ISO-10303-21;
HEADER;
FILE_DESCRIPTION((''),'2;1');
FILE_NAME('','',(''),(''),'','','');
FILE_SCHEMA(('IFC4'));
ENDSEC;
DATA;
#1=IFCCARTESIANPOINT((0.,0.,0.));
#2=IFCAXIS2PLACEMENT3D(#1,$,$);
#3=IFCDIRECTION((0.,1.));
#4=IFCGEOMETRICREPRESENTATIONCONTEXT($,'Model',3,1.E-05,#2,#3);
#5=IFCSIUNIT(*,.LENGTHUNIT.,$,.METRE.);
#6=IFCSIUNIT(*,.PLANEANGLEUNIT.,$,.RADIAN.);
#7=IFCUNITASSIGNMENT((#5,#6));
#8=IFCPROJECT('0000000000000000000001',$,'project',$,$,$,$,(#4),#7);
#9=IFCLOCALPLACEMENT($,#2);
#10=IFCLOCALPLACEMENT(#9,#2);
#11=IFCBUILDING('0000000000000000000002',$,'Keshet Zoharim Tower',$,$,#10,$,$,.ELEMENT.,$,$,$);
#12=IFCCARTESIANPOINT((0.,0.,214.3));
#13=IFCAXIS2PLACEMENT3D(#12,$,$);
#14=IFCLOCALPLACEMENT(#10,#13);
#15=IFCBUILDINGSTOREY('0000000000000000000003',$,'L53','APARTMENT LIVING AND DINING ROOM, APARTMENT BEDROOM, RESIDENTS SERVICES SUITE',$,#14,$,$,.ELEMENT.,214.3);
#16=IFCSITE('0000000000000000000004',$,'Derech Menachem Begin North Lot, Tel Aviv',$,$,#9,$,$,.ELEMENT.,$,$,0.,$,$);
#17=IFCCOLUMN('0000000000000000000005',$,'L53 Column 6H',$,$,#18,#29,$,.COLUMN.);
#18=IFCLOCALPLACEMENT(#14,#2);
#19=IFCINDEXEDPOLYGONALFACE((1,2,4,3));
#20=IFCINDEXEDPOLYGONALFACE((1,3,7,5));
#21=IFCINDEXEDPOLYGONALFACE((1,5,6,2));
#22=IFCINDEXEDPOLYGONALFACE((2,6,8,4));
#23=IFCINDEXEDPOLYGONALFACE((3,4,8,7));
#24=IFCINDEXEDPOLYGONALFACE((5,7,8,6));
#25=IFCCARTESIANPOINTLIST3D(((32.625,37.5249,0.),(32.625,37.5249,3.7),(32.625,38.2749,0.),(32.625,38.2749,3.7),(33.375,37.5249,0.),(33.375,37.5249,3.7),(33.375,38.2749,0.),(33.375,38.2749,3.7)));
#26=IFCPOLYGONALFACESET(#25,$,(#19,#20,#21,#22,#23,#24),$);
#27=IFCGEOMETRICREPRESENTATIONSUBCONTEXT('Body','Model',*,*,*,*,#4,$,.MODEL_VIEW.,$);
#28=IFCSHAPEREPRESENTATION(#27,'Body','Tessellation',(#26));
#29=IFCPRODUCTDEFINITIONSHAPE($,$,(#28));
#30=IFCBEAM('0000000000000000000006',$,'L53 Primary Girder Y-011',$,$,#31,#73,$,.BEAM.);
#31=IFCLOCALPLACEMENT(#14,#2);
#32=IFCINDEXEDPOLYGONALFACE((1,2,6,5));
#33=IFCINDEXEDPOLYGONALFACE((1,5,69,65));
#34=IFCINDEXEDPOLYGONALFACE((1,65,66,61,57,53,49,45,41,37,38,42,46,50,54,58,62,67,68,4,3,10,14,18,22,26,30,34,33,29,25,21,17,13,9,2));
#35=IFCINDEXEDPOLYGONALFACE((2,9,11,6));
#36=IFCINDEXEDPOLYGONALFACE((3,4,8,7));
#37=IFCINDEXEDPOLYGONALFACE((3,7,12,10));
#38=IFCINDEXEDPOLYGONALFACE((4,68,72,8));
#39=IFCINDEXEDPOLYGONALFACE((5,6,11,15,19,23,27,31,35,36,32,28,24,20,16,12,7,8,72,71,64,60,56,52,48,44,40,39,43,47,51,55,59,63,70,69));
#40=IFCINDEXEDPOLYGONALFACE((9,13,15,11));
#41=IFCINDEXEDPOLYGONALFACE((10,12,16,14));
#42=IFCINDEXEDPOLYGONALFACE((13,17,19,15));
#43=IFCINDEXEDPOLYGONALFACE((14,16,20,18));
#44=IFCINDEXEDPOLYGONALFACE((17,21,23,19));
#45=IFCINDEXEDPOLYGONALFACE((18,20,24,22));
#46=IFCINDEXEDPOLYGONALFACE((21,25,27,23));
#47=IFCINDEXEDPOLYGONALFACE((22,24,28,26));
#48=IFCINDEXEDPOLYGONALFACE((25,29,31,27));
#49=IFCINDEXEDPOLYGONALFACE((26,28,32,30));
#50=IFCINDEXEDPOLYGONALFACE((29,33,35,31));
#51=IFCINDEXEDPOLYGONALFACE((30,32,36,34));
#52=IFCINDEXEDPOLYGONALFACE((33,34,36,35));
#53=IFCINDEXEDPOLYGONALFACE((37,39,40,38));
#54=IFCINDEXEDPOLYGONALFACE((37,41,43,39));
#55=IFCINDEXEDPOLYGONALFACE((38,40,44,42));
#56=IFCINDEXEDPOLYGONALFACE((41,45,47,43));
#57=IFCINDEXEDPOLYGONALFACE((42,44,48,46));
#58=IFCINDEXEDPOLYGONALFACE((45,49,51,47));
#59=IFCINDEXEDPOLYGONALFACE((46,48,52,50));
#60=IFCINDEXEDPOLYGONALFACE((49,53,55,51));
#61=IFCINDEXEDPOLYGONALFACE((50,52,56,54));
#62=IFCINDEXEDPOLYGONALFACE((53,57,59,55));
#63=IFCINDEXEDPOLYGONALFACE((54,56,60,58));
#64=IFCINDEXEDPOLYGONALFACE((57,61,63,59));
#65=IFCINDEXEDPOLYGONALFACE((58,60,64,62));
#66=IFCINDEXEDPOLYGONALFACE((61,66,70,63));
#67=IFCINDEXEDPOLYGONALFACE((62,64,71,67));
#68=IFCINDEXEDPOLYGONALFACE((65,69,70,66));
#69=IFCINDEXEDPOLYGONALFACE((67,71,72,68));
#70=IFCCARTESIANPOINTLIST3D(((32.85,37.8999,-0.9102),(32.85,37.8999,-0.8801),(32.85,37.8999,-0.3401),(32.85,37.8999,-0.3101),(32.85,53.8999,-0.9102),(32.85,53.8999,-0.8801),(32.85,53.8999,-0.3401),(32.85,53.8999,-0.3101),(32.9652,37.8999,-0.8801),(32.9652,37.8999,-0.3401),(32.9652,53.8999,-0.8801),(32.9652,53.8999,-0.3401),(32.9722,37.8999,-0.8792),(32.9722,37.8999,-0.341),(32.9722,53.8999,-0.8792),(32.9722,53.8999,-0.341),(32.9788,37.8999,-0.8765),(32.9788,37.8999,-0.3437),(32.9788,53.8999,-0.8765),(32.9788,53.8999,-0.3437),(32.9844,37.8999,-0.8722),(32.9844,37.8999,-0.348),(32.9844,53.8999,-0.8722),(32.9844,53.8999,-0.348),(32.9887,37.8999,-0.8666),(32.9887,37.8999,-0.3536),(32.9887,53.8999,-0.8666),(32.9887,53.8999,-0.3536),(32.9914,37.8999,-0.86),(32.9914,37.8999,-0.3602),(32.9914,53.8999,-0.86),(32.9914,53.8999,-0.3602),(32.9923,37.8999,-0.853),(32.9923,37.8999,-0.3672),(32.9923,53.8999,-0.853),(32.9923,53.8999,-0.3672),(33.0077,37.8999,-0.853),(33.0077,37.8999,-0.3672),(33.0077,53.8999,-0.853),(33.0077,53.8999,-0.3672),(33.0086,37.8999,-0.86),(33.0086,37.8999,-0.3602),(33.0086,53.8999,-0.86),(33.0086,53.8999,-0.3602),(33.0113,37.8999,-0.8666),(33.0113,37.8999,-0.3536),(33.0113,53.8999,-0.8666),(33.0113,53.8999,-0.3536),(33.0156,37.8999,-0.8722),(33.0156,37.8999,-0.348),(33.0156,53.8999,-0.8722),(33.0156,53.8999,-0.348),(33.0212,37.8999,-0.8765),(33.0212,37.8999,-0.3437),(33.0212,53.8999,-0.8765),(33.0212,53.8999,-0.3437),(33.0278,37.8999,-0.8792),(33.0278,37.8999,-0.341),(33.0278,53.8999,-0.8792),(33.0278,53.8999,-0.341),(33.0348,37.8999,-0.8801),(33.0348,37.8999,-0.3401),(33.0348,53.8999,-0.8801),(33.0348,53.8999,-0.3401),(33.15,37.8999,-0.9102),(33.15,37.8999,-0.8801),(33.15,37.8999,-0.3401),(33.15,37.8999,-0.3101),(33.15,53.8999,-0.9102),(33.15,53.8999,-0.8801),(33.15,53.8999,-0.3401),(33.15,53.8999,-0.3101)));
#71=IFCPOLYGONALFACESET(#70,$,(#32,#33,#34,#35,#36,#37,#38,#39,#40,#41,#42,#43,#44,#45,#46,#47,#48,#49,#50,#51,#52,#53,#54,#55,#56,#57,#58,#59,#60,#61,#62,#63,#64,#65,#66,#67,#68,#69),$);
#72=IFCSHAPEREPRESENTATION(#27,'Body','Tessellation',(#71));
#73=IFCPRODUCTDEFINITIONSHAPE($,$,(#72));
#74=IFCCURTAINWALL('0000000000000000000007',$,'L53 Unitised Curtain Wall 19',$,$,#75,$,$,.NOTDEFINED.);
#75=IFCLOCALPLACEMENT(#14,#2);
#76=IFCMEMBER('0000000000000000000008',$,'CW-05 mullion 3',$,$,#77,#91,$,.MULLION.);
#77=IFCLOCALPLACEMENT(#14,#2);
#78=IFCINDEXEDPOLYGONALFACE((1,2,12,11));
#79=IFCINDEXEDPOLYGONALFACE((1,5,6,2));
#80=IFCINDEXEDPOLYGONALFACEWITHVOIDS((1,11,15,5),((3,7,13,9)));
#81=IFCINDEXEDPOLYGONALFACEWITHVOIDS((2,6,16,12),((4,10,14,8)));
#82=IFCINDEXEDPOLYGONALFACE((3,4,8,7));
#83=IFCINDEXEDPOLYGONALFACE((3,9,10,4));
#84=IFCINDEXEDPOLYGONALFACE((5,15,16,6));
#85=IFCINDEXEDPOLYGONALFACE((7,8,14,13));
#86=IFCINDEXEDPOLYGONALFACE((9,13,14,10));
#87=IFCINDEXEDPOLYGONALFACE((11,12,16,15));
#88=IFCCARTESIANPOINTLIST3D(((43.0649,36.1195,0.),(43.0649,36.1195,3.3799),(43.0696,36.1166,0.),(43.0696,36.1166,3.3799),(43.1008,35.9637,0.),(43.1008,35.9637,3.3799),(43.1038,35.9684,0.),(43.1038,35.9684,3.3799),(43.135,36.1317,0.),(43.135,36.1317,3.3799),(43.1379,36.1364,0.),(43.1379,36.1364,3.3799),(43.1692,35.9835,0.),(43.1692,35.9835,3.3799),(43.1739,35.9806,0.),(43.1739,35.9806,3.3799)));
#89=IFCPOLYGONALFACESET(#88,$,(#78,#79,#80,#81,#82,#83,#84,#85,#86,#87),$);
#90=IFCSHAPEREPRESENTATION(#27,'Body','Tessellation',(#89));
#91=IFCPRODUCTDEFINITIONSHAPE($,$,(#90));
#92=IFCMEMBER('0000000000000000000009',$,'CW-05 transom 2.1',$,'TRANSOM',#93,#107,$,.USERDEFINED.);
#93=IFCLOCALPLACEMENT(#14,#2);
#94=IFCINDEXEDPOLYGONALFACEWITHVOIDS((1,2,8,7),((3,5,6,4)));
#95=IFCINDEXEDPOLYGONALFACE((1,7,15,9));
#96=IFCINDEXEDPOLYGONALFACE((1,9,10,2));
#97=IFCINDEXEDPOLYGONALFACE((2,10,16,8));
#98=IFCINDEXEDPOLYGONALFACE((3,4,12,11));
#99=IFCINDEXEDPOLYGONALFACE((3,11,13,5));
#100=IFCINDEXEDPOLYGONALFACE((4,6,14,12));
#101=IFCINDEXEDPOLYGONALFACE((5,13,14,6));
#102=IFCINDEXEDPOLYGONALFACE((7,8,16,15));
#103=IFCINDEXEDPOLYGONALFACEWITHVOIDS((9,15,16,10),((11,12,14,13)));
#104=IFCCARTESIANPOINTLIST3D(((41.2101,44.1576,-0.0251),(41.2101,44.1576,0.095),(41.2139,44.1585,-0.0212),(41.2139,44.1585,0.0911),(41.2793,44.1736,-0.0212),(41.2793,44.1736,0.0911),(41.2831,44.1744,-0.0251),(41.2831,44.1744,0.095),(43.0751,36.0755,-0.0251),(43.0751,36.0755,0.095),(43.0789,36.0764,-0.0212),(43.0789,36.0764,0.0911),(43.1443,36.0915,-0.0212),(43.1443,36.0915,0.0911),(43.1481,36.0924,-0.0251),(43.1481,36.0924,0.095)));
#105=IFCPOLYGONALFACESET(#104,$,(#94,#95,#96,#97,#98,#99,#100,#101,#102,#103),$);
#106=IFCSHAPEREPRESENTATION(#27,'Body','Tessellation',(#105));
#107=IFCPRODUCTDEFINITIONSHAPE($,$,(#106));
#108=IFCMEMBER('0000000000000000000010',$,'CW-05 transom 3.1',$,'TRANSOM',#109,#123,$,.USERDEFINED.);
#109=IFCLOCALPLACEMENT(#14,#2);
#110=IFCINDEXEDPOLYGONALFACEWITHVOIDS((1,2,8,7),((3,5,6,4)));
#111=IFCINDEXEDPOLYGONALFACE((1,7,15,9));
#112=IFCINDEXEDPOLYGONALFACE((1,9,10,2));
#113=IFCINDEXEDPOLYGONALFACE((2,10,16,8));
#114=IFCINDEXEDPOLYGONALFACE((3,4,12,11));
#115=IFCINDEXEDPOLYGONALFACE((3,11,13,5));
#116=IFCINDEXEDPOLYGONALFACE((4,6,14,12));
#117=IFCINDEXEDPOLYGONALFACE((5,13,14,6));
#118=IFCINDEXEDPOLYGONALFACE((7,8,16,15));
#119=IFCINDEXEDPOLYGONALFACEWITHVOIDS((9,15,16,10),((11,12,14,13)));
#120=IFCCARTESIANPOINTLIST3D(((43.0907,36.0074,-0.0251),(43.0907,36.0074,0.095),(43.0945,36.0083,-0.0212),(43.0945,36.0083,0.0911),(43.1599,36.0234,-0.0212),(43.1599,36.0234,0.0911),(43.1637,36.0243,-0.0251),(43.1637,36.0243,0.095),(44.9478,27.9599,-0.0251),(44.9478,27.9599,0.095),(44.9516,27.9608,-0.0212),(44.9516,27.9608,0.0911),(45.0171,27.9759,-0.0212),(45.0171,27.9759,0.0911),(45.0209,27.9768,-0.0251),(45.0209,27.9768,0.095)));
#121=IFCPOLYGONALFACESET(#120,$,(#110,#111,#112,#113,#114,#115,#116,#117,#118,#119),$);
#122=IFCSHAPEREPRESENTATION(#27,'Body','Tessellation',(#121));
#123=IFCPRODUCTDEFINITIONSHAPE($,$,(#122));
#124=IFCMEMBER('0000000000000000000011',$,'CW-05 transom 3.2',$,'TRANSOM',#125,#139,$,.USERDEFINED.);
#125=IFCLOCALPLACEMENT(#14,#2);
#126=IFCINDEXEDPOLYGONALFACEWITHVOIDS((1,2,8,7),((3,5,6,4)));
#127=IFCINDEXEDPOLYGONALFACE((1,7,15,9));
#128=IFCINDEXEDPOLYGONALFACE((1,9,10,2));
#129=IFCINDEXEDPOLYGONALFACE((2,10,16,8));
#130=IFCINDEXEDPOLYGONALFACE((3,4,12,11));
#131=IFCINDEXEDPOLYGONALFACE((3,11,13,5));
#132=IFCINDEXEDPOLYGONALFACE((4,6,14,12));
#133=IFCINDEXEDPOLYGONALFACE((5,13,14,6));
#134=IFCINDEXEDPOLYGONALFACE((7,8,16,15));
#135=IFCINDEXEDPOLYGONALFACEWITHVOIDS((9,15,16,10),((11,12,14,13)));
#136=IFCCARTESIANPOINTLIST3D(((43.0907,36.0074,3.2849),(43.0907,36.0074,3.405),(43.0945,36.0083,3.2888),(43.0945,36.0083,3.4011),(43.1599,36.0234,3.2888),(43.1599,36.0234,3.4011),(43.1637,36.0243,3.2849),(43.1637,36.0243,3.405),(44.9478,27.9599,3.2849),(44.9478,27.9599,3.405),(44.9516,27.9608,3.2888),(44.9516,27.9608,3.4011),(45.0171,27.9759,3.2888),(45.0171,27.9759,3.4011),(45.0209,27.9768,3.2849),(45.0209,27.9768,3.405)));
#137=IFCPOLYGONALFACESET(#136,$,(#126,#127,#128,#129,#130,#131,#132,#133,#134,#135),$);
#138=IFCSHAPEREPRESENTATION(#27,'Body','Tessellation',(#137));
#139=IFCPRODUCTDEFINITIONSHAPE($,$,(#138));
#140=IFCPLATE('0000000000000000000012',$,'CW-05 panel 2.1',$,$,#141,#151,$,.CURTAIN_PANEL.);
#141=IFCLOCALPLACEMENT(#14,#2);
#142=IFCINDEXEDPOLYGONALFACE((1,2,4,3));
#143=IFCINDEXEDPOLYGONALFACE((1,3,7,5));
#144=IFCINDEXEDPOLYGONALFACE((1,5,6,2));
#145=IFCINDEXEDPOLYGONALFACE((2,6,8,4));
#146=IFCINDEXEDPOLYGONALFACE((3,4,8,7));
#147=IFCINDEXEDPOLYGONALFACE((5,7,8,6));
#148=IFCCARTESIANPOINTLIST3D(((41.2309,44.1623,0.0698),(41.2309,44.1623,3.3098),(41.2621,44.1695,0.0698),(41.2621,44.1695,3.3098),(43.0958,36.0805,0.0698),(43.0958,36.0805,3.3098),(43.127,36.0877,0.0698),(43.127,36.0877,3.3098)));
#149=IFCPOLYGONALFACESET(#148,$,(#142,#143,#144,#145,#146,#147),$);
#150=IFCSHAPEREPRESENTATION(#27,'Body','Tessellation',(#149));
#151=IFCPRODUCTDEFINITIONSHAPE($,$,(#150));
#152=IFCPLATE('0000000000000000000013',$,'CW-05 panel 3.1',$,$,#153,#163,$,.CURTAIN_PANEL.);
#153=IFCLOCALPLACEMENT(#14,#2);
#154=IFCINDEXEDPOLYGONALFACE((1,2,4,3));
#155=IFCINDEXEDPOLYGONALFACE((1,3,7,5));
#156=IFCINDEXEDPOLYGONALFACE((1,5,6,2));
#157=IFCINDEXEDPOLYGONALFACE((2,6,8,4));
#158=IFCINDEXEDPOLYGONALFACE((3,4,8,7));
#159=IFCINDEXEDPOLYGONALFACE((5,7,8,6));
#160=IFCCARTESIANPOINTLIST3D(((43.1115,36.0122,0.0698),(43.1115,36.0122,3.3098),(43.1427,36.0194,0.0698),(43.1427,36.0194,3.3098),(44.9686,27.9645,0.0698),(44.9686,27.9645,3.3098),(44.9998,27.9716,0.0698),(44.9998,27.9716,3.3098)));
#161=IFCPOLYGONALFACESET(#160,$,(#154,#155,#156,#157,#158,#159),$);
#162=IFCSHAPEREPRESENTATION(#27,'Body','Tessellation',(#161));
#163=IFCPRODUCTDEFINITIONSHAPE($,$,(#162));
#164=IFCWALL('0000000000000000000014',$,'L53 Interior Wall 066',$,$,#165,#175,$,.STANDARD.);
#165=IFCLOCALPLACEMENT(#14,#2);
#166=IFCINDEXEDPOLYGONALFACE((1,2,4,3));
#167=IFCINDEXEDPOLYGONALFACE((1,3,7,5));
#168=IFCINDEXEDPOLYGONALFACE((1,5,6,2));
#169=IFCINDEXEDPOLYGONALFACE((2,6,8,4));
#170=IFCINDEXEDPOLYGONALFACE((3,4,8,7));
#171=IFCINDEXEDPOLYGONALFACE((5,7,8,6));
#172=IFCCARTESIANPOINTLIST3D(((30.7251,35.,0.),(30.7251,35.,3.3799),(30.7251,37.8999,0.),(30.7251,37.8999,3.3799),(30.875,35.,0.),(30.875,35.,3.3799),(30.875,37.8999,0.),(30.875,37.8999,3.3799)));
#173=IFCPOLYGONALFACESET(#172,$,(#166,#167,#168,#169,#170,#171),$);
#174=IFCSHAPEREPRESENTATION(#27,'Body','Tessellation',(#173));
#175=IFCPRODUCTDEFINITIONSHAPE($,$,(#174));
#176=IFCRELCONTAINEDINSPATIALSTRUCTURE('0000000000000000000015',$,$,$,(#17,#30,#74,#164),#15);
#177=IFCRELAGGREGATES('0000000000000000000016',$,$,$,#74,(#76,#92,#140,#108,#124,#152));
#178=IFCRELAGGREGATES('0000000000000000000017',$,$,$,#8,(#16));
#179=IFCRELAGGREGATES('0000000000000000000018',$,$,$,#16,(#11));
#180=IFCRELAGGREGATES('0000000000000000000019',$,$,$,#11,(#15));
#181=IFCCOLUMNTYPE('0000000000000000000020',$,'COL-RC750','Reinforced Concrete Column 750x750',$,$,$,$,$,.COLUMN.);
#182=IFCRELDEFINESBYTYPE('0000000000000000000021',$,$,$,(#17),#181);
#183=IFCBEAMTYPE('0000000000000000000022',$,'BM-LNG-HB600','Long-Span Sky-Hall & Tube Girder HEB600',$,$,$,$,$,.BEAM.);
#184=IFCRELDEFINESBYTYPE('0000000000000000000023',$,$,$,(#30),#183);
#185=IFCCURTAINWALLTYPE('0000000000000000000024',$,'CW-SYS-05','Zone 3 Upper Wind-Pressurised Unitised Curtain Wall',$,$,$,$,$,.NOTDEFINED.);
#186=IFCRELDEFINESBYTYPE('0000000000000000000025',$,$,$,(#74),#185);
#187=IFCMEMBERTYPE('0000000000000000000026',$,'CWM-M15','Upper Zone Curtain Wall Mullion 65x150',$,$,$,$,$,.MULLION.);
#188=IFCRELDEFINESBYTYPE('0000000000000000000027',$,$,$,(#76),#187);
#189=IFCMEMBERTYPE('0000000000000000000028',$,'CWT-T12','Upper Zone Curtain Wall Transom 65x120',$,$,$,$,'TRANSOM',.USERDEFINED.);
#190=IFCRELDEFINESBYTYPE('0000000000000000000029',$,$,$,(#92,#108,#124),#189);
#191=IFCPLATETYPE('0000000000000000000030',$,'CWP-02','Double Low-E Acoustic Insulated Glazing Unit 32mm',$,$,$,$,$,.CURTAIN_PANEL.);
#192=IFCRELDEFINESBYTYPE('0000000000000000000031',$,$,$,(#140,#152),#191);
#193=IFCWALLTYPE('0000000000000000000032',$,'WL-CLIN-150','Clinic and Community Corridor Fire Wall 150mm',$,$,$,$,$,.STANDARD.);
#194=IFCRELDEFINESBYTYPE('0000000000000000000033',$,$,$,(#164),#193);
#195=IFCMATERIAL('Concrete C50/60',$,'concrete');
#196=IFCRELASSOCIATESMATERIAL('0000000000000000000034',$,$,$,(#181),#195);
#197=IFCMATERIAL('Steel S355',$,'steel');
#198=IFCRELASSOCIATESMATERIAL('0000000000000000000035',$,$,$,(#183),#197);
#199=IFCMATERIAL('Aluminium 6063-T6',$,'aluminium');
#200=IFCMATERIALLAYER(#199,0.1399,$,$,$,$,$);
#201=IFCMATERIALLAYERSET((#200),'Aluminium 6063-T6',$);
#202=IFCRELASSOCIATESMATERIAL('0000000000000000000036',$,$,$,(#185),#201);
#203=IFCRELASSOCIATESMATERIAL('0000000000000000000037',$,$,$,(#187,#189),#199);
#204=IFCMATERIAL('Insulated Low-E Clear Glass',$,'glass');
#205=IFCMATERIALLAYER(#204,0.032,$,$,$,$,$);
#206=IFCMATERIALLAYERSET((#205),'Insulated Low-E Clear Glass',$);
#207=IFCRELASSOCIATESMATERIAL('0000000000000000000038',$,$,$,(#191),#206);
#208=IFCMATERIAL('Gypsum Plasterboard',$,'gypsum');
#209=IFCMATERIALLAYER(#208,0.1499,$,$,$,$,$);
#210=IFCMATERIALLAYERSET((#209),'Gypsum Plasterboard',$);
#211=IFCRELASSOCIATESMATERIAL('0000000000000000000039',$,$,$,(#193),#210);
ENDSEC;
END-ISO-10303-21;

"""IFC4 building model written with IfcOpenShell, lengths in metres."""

from ifc_helpers import new_model, si_unit, direction, frame, frame_2d, origin, origin_2d, place, context, subcontext, project, spatial, rectangle, hollow_rectangle, i_section, extrude, material, layer, layer_set, material_profile, profile_set, type_object, element, aggregate, save


model = new_model("IFC4")

# Units and contexts
model_context = context("Model", 3, precision=1e-05, world=origin(), true_north=direction((0.0, 1.0)))
body_context = subcontext(model_context, "Body", "Model", "MODEL_VIEW")
ifc_project = project(units=[si_unit("LENGTHUNIT", "METRE"), si_unit("PLANEANGLEUNIT", "RADIAN")], contexts=[model_context])

# Site, building, storey
site_placement = place(None, origin())
site = spatial("IfcSite", under=ifc_project, at=site_placement, Name="Derech Menachem Begin North Lot, Tel Aviv", CompositionType="ELEMENT", RefElevation=0.0)
building_placement = place(site_placement, origin())
building = spatial("IfcBuilding", under=site, at=building_placement, Name="Keshet Zoharim Tower", CompositionType="ELEMENT")
storey_placement = place(building_placement, frame((0.0, 0.0, 214.3)))
storey = spatial("IfcBuildingStorey", under=building, at=storey_placement, Name="L53", Description="APARTMENT LIVING AND DINING ROOM, APARTMENT BEDROOM, RESIDENTS SERVICES SUITE", CompositionType="ELEMENT", Elevation=214.3)

# Column
ifc_material_1 = material(Name="Concrete C50/60", Category="concrete")
ifc_material_profile_1 = material_profile(ifc_material_1, rectangle(XDim=0.75, YDim=0.75, at=origin_2d()), Name="RC750x750")
ifc_profile_set_1 = profile_set([ifc_material_profile_1], Name="Concrete C50/60")
column_type = type_object("IfcColumnType", Name="COL-RC750", Description="Reinforced Concrete Column 750x750", PredefinedType="COLUMN", material=ifc_profile_set_1)
column_placement = place(storey_placement, frame((33.0, 37.8999, 0.0), z_axis=(0.0, 0.0, 1.0), x_axis=(1.0, 0.0, 0.0)))
element("IfcColumn", 1, at=column_placement, inside=storey, type_object=column_type, Name="L53 Column 6H", PredefinedType="COLUMN", context=body_context, shape_type="SweptSolid", body=[
    extrude(rectangle(XDim=0.75, YDim=0.75, at=origin_2d()), origin(), (0.0, 0.0, 1.0), 3.7),
])

# Beam
ifc_material_2 = material(Name="Steel S355", Category="steel")
ifc_material_profile_2 = material_profile(ifc_material_2, i_section(OverallWidth=0.3, OverallDepth=0.6001, WebThickness=0.0154, FlangeThickness=0.03, FilletRadius=0.0271, at=origin_2d()), Name="HEB600")
ifc_profile_set_2 = profile_set([ifc_material_profile_2], Name="Steel S355")
beam_type = type_object("IfcBeamType", Name="BM-LNG-HB600", Description="Long-Span Sky-Hall & Tube Girder HEB600", PredefinedType="BEAM", material=ifc_profile_set_2)
beam_placement = place(storey_placement, frame((33.0, 37.8999, -0.6101), z_axis=(0.0, 1.0, 0.0), x_axis=(-1.0, 0.0, 0.0)))
element("IfcBeam", 2, at=beam_placement, inside=storey, type_object=beam_type, Name="L53 Primary Girder Y-011", PredefinedType="BEAM", context=body_context, shape_type="SweptSolid", body=[
    extrude(i_section(OverallWidth=0.3, OverallDepth=0.6001, WebThickness=0.0154, FlangeThickness=0.03, FilletRadius=0.0271, at=origin_2d()), origin(), (0.0, 0.0, 1.0), 16.0),
])

# Curtain wall, members, plates
ifc_material_3 = material(Name="Aluminium 6063-T6", Category="aluminium")
ifc_layer_1 = layer(ifc_material_3, 0.1399)
ifc_layer_set_1 = layer_set([ifc_layer_1], Name="Aluminium 6063-T6")
curtain_wall_type = type_object("IfcCurtainWallType", Name="CW-SYS-05", Description="Zone 3 Upper Wind-Pressurised Unitised Curtain Wall", PredefinedType="NOTDEFINED", material=ifc_layer_set_1)
curtain_wall_placement = place(storey_placement, origin())
curtain_wall = element("IfcCurtainWall", 3, at=curtain_wall_placement, inside=storey, type_object=curtain_wall_type, Name="L53 Unitised Curtain Wall 19", PredefinedType="NOTDEFINED")
ifc_material_profile_3 = material_profile(ifc_material_3, hollow_rectangle(XDim=0.075, YDim=0.1599, WallThickness=0.0039, at=origin_2d()), Name="MUL-75x160")
ifc_profile_set_3 = profile_set([ifc_material_profile_3], Name="Aluminium 6063-T6")
member_type_1 = type_object("IfcMemberType", Name="CWM-M15", Description="Upper Zone Curtain Wall Mullion 65x150", PredefinedType="MULLION", material=ifc_profile_set_3)
member_1_placement = place(storey_placement, frame((43.1194, 36.05, 0.0), z_axis=(0.0, 0.0, 1.0), x_axis=(0.974394, 0.224848, 0.0)))
member_1 = element("IfcMember", 4, at=member_1_placement, type_object=member_type_1, Name="CW-05 mullion 3", PredefinedType="MULLION", context=body_context, shape_type="SweptSolid", body=[
    extrude(hollow_rectangle(XDim=0.075, YDim=0.1599, WallThickness=0.0039, at=origin_2d()), origin(), (0.0, 0.0, 1.0), 3.3799),
])
ifc_material_profile_4 = material_profile(ifc_material_3, hollow_rectangle(XDim=0.075, YDim=0.1201, WallThickness=0.0039, at=origin_2d()), Name="TRN-75x120")
ifc_profile_set_4 = profile_set([ifc_material_profile_4], Name="Aluminium 6063-T6")
member_type_2 = type_object("IfcMemberType", Name="CWT-T12", Description="Upper Zone Curtain Wall Transom 65x120", ElementType="TRANSOM", PredefinedType="USERDEFINED", material=ifc_profile_set_4)
member_2_placement = place(storey_placement, frame((41.2466, 44.166, 0.0349), z_axis=(0.224849, -0.974394, 0.0), x_axis=(0.974394, 0.224849, 0.0)))
member_2 = element("IfcMember", 5, at=member_2_placement, type_object=member_type_2, Name="CW-05 transom 2.1", ObjectType="TRANSOM", PredefinedType="USERDEFINED", context=body_context, shape_type="SweptSolid", body=[
    extrude(hollow_rectangle(XDim=0.075, YDim=0.1201, WallThickness=0.0039, at=origin_2d()), origin(), (0.0, 0.0, 1.0), 8.2944),
])
member_3_placement = place(storey_placement, frame((43.1272, 36.0159, 0.0349), z_axis=(0.224864, -0.97439, 0.0), x_axis=(0.97439, 0.224864, 0.0)))
member_3 = element("IfcMember", 6, at=member_3_placement, type_object=member_type_2, Name="CW-05 transom 3.1", ObjectType="TRANSOM", PredefinedType="USERDEFINED", context=body_context, shape_type="SweptSolid", body=[
    extrude(hollow_rectangle(XDim=0.075, YDim=0.1201, WallThickness=0.0039, at=origin_2d()), origin(), (0.0, 0.0, 1.0), 8.259),
])
member_4_placement = place(storey_placement, frame((43.1272, 36.0159, 3.345), z_axis=(0.224864, -0.97439, 0.0), x_axis=(0.97439, 0.224864, 0.0)))
member_4 = element("IfcMember", 7, at=member_4_placement, type_object=member_type_2, Name="CW-05 transom 3.2", ObjectType="TRANSOM", PredefinedType="USERDEFINED", context=body_context, shape_type="SweptSolid", body=[
    extrude(hollow_rectangle(XDim=0.075, YDim=0.1201, WallThickness=0.0039, at=origin_2d()), origin(), (0.0, 0.0, 1.0), 8.259),
])
ifc_material_4 = material(Name="Insulated Low-E Clear Glass", Category="glass")
ifc_layer_2 = layer(ifc_material_4, 0.032)
ifc_layer_set_2 = layer_set([ifc_layer_2], Name="Insulated Low-E Clear Glass")
plate_type = type_object("IfcPlateType", Name="CWP-02", Description="Double Low-E Acoustic Insulated Glazing Unit 32mm", PredefinedType="CURTAIN_PANEL", material=ifc_layer_set_2)
plate_1_placement = place(storey_placement, frame((42.179, 40.125, 0.0698), z_axis=(0.0, 0.0, 1.0), x_axis=(0.224848, -0.974394, 0.0)))
plate_1 = element("IfcPlate", 8, at=plate_1_placement, type_object=plate_type, Name="CW-05 panel 2.1", PredefinedType="CURTAIN_PANEL", context=body_context, shape_type="SweptSolid", body=[
    extrude(rectangle(XDim=8.2942, YDim=0.032, at=origin_2d()), origin(), (0.0, 0.0, 1.0), 3.24),
])
plate_2_placement = place(storey_placement, frame((44.0557, 31.9919, 0.0698), z_axis=(0.0, 0.0, 1.0), x_axis=(0.224848, -0.974394, 0.0)))
plate_2 = element("IfcPlate", 9, at=plate_2_placement, type_object=plate_type, Name="CW-05 panel 3.1", PredefinedType="CURTAIN_PANEL", context=body_context, shape_type="SweptSolid", body=[
    extrude(rectangle(XDim=8.2593, YDim=0.032, at=origin_2d()), origin(), (0.0, 0.0, 1.0), 3.24),
])
aggregate(curtain_wall, [member_1, member_2, plate_1, member_3, member_4, plate_2])

# Wall
ifc_material_5 = material(Name="Gypsum Plasterboard", Category="gypsum")
ifc_layer_3 = layer(ifc_material_5, 0.1499)
ifc_layer_set_3 = layer_set([ifc_layer_3], Name="Gypsum Plasterboard")
wall_type_1 = type_object("IfcWallType", Name="WL-CLIN-150", Description="Clinic and Community Corridor Fire Wall 150mm", PredefinedType="STANDARD", material=ifc_layer_set_3)
wall_1_placement = place(storey_placement, frame((30.8, 35.0, 0.0), z_axis=(0.0, 0.0, 1.0), x_axis=(0.0, 1.0, 0.0)))
element("IfcWall", 10, at=wall_1_placement, inside=storey, type_object=wall_type_1, Name="L53 Interior Wall 066", PredefinedType="STANDARD", context=body_context, shape_type="SweptSolid", body=[
    extrude(rectangle(XDim=2.8999, YDim=0.1499, at=frame_2d((1.45, 0.0))), origin(), (0.0, 0.0, 1.0), 3.3799),
])

save(model, "model.ifc")
